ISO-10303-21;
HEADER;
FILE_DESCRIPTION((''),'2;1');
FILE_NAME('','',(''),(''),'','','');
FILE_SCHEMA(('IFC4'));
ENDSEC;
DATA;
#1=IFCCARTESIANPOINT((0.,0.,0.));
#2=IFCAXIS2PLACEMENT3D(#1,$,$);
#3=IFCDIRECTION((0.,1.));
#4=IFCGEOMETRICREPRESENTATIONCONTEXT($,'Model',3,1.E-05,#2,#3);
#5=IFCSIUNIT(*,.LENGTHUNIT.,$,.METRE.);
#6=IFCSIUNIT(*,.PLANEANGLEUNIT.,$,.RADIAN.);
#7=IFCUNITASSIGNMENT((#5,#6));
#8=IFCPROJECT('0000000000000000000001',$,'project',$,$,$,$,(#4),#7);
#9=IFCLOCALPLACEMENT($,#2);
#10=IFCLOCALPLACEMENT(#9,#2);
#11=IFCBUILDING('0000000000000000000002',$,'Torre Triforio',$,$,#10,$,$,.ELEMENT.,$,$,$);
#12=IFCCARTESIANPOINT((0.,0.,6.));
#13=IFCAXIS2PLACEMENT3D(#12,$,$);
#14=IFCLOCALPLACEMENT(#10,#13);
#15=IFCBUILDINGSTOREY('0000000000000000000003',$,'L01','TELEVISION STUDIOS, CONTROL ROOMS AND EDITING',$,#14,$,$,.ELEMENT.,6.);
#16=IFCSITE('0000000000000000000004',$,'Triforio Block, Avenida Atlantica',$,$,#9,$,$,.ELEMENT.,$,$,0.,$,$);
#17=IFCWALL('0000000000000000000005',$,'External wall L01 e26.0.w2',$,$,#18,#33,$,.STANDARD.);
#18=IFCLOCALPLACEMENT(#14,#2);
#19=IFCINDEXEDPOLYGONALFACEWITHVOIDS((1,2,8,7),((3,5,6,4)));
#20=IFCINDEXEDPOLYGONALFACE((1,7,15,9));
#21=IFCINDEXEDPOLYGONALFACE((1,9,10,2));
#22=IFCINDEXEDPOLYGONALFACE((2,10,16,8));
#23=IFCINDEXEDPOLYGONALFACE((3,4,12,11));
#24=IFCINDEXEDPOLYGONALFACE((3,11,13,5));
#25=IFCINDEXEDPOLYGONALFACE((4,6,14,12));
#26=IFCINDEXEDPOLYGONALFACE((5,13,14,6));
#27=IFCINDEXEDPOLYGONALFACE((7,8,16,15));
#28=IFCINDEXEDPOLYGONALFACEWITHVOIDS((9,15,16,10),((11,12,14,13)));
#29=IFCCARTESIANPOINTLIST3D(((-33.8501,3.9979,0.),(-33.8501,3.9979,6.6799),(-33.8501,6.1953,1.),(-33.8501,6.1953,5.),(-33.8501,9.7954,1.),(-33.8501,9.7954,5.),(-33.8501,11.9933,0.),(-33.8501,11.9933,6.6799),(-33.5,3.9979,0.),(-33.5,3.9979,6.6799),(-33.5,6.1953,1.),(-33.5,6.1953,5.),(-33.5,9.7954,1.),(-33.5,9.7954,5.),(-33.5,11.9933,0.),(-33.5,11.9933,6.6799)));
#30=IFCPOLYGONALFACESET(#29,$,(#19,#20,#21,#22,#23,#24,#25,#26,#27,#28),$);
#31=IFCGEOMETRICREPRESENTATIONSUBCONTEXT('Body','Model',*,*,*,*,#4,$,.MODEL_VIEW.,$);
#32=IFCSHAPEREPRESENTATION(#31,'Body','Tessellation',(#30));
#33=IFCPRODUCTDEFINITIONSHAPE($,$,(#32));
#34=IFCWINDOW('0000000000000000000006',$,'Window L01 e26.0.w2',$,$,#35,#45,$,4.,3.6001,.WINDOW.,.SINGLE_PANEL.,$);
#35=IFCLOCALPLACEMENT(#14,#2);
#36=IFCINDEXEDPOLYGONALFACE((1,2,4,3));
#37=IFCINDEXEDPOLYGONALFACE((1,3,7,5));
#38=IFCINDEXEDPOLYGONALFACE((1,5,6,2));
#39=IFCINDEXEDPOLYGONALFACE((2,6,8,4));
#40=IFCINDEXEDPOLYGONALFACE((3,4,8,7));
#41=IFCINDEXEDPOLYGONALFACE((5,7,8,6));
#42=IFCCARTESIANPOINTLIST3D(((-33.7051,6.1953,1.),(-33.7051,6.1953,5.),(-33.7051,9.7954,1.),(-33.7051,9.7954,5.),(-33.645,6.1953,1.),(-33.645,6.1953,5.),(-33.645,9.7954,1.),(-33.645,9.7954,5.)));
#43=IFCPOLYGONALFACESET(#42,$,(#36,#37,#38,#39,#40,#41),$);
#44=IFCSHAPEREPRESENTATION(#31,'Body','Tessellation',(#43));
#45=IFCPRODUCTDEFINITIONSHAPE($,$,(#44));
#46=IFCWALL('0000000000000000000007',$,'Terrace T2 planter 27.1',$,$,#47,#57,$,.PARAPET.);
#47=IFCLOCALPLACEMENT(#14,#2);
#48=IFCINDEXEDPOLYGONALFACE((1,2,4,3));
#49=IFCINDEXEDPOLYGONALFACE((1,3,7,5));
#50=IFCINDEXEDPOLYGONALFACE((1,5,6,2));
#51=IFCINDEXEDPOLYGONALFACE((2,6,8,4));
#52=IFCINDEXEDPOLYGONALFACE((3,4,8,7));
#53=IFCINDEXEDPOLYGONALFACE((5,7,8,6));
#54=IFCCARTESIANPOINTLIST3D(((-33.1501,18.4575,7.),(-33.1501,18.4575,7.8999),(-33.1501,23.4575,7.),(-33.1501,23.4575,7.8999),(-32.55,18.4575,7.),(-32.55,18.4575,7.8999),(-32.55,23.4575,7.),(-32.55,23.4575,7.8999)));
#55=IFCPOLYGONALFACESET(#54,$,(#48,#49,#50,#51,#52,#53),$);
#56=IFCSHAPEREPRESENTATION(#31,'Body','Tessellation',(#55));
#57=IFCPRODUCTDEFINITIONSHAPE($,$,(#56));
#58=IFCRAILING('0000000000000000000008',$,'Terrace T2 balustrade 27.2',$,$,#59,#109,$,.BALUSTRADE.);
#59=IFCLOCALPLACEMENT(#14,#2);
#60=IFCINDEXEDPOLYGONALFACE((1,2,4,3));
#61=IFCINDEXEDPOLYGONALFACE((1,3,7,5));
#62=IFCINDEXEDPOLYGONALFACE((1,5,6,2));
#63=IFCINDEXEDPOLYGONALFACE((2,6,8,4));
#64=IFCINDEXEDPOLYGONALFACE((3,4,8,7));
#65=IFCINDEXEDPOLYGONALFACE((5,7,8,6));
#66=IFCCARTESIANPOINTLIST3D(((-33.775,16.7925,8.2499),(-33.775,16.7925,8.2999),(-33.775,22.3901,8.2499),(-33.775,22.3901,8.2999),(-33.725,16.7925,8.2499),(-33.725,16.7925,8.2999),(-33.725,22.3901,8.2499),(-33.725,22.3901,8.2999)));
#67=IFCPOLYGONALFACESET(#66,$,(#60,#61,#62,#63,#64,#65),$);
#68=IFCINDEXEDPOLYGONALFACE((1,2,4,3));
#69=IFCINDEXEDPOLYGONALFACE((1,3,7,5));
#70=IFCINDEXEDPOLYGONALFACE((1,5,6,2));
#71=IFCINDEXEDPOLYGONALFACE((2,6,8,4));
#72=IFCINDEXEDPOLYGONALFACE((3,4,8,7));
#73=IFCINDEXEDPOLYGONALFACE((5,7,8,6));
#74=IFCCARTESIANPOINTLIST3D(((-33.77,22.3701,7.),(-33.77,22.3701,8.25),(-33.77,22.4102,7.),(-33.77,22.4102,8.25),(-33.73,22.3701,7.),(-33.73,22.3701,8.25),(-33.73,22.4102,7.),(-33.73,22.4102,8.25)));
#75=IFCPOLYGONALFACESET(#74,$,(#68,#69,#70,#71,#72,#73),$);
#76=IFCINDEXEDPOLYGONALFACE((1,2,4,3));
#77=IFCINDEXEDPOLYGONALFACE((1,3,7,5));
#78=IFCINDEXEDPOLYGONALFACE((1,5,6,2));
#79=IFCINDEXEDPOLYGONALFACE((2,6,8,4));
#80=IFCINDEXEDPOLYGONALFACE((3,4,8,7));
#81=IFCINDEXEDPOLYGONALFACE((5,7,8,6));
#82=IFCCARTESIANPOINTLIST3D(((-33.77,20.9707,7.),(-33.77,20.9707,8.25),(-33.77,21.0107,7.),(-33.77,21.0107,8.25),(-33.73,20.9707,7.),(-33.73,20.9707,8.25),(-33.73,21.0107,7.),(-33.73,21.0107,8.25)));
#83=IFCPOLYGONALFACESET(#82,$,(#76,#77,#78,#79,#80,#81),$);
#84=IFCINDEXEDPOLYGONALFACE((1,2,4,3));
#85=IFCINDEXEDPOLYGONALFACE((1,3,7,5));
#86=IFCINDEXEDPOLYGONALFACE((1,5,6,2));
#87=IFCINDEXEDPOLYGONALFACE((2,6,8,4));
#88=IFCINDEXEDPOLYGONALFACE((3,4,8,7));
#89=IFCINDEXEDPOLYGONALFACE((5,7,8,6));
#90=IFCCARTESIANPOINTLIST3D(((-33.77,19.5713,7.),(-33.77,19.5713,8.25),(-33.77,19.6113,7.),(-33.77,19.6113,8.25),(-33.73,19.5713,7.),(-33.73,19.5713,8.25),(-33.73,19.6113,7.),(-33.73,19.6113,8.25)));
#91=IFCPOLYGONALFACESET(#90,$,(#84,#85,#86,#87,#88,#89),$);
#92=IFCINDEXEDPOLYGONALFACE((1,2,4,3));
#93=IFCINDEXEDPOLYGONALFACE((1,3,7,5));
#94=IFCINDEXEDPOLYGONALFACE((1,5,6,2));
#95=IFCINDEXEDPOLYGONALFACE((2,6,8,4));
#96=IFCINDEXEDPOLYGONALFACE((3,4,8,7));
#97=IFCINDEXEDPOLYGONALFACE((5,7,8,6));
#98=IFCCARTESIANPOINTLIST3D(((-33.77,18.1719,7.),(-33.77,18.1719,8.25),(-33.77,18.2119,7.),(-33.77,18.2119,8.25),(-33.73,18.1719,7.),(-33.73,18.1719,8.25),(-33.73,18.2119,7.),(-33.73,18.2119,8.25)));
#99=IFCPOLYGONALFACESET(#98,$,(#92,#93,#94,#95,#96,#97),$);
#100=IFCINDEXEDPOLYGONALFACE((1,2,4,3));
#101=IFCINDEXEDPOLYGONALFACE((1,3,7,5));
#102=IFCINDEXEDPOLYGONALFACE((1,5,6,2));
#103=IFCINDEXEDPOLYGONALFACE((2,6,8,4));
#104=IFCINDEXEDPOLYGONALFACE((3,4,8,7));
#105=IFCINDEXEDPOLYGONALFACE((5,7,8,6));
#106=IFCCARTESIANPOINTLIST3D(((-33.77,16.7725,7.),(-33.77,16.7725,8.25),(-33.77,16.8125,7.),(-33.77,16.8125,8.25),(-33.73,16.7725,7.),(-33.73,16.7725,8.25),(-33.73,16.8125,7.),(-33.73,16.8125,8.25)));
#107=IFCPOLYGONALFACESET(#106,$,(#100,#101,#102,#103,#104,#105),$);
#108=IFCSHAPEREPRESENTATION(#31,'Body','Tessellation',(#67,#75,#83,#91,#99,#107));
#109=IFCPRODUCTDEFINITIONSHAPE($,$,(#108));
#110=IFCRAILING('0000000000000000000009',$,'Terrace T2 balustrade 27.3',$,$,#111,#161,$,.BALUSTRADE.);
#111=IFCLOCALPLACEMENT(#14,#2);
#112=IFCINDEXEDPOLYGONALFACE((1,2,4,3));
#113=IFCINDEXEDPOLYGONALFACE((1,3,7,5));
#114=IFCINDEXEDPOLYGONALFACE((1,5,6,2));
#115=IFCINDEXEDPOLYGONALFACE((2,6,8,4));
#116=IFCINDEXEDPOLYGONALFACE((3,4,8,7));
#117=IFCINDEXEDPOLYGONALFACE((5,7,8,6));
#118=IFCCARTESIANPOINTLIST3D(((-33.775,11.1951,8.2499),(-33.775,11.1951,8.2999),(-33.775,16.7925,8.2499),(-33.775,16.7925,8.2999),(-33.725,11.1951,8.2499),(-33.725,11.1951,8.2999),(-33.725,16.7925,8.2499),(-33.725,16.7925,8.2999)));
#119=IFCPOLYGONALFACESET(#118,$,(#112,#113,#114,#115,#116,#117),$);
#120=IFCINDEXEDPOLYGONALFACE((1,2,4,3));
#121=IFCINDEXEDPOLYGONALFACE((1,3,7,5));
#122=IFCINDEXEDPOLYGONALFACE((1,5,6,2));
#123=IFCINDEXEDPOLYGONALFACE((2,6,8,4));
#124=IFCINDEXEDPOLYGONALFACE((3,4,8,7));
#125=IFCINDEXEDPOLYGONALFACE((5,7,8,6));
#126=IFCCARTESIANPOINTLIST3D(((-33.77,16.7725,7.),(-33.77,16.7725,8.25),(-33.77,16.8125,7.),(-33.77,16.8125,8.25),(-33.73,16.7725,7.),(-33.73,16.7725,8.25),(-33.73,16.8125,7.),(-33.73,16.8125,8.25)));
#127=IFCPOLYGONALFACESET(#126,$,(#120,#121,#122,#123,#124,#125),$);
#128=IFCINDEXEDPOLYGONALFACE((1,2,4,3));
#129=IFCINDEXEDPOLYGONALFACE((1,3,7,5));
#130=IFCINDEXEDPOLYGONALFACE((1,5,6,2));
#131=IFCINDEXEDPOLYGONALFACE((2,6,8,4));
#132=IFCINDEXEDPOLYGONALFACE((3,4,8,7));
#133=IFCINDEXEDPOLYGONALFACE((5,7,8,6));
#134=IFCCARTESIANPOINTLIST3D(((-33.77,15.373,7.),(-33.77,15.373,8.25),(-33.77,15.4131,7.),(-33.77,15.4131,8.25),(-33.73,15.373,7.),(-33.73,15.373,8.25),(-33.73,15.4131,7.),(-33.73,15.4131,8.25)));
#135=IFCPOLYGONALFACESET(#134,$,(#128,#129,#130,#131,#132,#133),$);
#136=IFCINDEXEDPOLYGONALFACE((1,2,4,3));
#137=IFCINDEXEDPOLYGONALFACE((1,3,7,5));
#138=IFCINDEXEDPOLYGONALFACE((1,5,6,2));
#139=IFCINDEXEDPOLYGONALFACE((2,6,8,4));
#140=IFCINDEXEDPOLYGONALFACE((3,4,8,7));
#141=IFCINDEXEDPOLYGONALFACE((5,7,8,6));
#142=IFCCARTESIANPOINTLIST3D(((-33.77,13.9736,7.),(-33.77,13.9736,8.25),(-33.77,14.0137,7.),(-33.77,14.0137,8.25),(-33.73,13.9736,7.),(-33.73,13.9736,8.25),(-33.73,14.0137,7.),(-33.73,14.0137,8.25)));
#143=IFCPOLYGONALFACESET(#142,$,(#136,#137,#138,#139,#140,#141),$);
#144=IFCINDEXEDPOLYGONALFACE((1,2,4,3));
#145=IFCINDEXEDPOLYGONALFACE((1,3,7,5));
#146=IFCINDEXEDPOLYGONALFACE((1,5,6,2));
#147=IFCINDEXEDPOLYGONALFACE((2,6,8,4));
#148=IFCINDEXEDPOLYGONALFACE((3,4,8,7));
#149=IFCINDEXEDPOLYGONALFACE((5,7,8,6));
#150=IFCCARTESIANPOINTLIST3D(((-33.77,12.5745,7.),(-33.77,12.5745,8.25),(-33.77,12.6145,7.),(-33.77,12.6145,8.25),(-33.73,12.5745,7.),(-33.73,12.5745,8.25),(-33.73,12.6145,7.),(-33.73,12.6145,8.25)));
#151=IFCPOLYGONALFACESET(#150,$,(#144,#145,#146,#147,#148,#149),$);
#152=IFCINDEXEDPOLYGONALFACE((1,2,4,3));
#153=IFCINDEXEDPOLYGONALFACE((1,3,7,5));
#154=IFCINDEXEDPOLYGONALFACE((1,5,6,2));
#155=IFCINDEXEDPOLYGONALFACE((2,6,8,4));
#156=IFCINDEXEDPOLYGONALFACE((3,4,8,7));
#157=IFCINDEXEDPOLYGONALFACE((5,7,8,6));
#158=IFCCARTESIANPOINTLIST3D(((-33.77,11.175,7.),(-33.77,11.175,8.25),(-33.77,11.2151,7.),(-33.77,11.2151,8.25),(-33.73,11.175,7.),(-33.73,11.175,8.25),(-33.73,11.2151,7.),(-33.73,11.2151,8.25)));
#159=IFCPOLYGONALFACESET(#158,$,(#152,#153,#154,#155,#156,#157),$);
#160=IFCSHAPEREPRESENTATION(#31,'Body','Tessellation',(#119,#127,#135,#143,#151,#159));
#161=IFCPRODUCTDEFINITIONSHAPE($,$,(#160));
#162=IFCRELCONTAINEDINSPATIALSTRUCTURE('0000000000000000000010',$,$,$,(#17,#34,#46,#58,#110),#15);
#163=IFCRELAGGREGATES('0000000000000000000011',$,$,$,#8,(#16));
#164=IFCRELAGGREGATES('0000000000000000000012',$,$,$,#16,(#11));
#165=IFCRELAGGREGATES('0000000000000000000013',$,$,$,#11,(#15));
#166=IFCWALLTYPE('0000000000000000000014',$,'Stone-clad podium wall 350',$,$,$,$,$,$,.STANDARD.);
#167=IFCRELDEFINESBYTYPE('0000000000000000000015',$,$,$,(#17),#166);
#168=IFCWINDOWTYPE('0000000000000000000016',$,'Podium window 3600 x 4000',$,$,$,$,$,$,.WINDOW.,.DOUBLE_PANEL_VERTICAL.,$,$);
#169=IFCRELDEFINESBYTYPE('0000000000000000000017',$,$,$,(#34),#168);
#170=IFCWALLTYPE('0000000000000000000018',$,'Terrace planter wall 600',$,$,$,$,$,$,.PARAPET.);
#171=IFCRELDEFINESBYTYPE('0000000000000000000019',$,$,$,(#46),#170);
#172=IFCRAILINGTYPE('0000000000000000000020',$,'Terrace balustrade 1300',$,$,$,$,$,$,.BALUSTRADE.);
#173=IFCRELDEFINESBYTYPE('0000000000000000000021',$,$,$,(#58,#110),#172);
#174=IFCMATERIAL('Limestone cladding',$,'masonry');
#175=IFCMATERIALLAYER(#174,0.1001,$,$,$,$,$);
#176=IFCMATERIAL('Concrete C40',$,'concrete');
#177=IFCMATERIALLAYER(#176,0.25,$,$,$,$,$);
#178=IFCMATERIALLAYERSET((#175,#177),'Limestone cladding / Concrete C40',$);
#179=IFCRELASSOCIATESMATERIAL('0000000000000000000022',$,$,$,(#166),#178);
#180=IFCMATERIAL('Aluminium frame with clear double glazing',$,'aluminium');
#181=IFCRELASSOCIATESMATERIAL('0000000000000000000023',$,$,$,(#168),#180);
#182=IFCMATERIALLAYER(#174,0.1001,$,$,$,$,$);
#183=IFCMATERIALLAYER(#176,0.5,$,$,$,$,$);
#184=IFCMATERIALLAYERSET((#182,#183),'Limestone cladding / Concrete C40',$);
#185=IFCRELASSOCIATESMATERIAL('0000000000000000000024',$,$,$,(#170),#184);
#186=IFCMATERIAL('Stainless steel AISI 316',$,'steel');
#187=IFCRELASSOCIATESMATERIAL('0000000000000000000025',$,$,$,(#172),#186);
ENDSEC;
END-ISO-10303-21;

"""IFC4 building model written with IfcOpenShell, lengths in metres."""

from ifc_helpers import new_model, si_unit, direction, frame, frame_2d, origin, origin_2d, place, context, subcontext, project, spatial, rectangle, extrude, material, layer, layer_set, type_object, element, fill, save


model = new_model("IFC4")

# Units and contexts
model_context = context("Model", 3, precision=1e-05, world=origin(), true_north=direction((0.0, 1.0)))
body_context = subcontext(model_context, "Body", "Model", "MODEL_VIEW")
ifc_project = project(units=[si_unit("LENGTHUNIT", "METRE"), si_unit("PLANEANGLEUNIT", "RADIAN")], contexts=[model_context])

# Site, building, storey
site_placement = place(None, origin())
site = spatial("IfcSite", under=ifc_project, at=site_placement, Name="Triforio Block, Avenida Atlantica", CompositionType="ELEMENT", RefElevation=0.0)
building_placement = place(site_placement, origin())
building = spatial("IfcBuilding", under=site, at=building_placement, Name="Torre Triforio", CompositionType="ELEMENT")
storey_placement = place(building_placement, frame((0.0, 0.0, 6.0)))
storey = spatial("IfcBuildingStorey", under=building, at=storey_placement, Name="L01", Description="TELEVISION STUDIOS, CONTROL ROOMS AND EDITING", CompositionType="ELEMENT", Elevation=6.0)

# Wall, opening, window
ifc_material_1 = material(Name="Limestone cladding", Category="masonry")
ifc_layer_1 = layer(ifc_material_1, 0.1001)
ifc_material_2 = material(Name="Concrete C40", Category="concrete")
ifc_layer_2 = layer(ifc_material_2, 0.25)
ifc_layer_set_1 = layer_set([ifc_layer_1, ifc_layer_2], Name="Limestone cladding / Concrete C40")
wall_type_1 = type_object("IfcWallType", Name="Stone-clad podium wall 350", PredefinedType="STANDARD", material=ifc_layer_set_1)
ifc_material_3 = material(Name="Aluminium frame with clear double glazing", Category="aluminium")
window_type = type_object("IfcWindowType", Name="Podium window 3600 x 4000", PartitioningType="DOUBLE_PANEL_VERTICAL", PredefinedType="WINDOW", material=ifc_material_3)
wall_1_placement = place(storey_placement, frame((-33.675, 11.9932, 0.0), z_axis=(0.0, 0.0, 1.0), x_axis=(0.0, -1.0, 0.0)))
wall_1 = element("IfcWall", 1, at=wall_1_placement, inside=storey, type_object=wall_type_1, Name="External wall L01 e26.0.w2", PredefinedType="STANDARD", context=body_context, shape_type="SweptSolid", body=[
    extrude(rectangle(XDim=7.9954, YDim=0.3501, at=frame_2d((3.9976, 0.0))), origin(), (0.0, 0.0, 1.0), 6.6799),
])
opening_1_placement = place(wall_1_placement, frame((2.1978, 0.0, 1.0)))
opening_1 = element("IfcOpeningElement", 2, at=opening_1_placement, cuts=wall_1, PredefinedType="OPENING", context=body_context, shape_type="SweptSolid", body=[
    extrude(rectangle(XDim=3.6001, YDim=4.0, at=frame_2d((1.8, 2.0))), frame((0.0, 0.1851, 0.0), z_axis=(0.0, -1.0, 0.0), x_axis=(1.0, 0.0, 0.0)), (0.0, 0.0, 1.0), 0.3701),
])
window_1_placement = place(opening_1_placement, origin())
window_1 = element("IfcWindow", 3, at=window_1_placement, inside=storey, type_object=window_type, Name="Window L01 e26.0.w2", OverallHeight=4.0, OverallWidth=3.6001, PartitioningType="SINGLE_PANEL", PredefinedType="WINDOW", context=body_context, shape_type="SweptSolid", body=[
    extrude(rectangle(XDim=3.6001, YDim=4.0, at=frame_2d((1.8, 2.0))), frame((0.0, 0.03, 0.0), z_axis=(0.0, -1.0, 0.0), x_axis=(1.0, 0.0, 0.0)), (0.0, 0.0, 1.0), 0.0601),
])
fill(opening_1, window_1)

# Wall
ifc_layer_3 = layer(ifc_material_1, 0.1001)
ifc_layer_4 = layer(ifc_material_2, 0.5)
ifc_layer_set_2 = layer_set([ifc_layer_3, ifc_layer_4], Name="Limestone cladding / Concrete C40")
wall_type_2 = type_object("IfcWallType", Name="Terrace planter wall 600", PredefinedType="PARAPET", material=ifc_layer_set_2)
wall_2_placement = place(storey_placement, frame((-32.8501, 23.4575, 7.0), z_axis=(0.0, 0.0, 1.0), x_axis=(0.0, -1.0, 0.0)))
element("IfcWall", 4, at=wall_2_placement, inside=storey, type_object=wall_type_2, Name="Terrace T2 planter 27.1", PredefinedType="PARAPET", context=body_context, shape_type="SweptSolid", body=[
    extrude(rectangle(XDim=5.0, YDim=0.6001, at=frame_2d((2.5, 0.0))), origin(), (0.0, 0.0, 1.0), 0.8999),
])

# Railings
ifc_material_4 = material(Name="Stainless steel AISI 316", Category="steel")
railing_type = type_object("IfcRailingType", Name="Terrace balustrade 1300", PredefinedType="BALUSTRADE", material=ifc_material_4)
railing_1_placement = place(storey_placement, frame((-33.75, 22.3901, 7.0)))
element("IfcRailing", 5, at=railing_1_placement, inside=storey, type_object=railing_type, Name="Terrace T2 balustrade 27.2", PredefinedType="BALUSTRADE", context=body_context, shape_type="SweptSolid", body=[
    extrude(rectangle(XDim=0.05, YDim=0.05, at=origin_2d()), frame((0.0, 0.0, 1.2749), z_axis=(0.0, -1.0, 0.0), x_axis=(1.0, 0.0, 0.0)), (0.0, 0.0, 1.0), 5.5977),
    extrude(rectangle(XDim=0.04, YDim=0.04, at=origin_2d()), origin(), (0.0, 0.0, 1.0), 1.25),
    extrude(rectangle(XDim=0.04, YDim=0.04, at=origin_2d()), frame((0.0, -1.3994, 0.0)), (0.0, 0.0, 1.0), 1.25),
    extrude(rectangle(XDim=0.04, YDim=0.04, at=origin_2d()), frame((0.0, -2.7988, 0.0)), (0.0, 0.0, 1.0), 1.25),
    extrude(rectangle(XDim=0.04, YDim=0.04, at=origin_2d()), frame((0.0, -4.1982, 0.0)), (0.0, 0.0, 1.0), 1.25),
    extrude(rectangle(XDim=0.04, YDim=0.04, at=origin_2d()), frame((0.0, -5.5977, 0.0)), (0.0, 0.0, 1.0), 1.25),
])
railing_2_placement = place(storey_placement, frame((-33.75, 16.7925, 7.0)))
element("IfcRailing", 6, at=railing_2_placement, inside=storey, type_object=railing_type, Name="Terrace T2 balustrade 27.3", PredefinedType="BALUSTRADE", context=body_context, shape_type="SweptSolid", body=[
    extrude(rectangle(XDim=0.05, YDim=0.05, at=origin_2d()), frame((0.0, 0.0, 1.2749), z_axis=(0.0, -1.0, 0.0), x_axis=(1.0, 0.0, 0.0)), (0.0, 0.0, 1.0), 5.5974),
    extrude(rectangle(XDim=0.04, YDim=0.04, at=origin_2d()), origin(), (0.0, 0.0, 1.0), 1.25),
    extrude(rectangle(XDim=0.04, YDim=0.04, at=origin_2d()), frame((0.0, -1.3994, 0.0)), (0.0, 0.0, 1.0), 1.25),
    extrude(rectangle(XDim=0.04, YDim=0.04, at=origin_2d()), frame((0.0, -2.7988, 0.0)), (0.0, 0.0, 1.0), 1.25),
    extrude(rectangle(XDim=0.04, YDim=0.04, at=origin_2d()), frame((0.0, -4.198, 0.0)), (0.0, 0.0, 1.0), 1.25),
    extrude(rectangle(XDim=0.04, YDim=0.04, at=origin_2d()), frame((0.0, -5.5974, 0.0)), (0.0, 0.0, 1.0), 1.25),
])

save(model, "model.ifc")
